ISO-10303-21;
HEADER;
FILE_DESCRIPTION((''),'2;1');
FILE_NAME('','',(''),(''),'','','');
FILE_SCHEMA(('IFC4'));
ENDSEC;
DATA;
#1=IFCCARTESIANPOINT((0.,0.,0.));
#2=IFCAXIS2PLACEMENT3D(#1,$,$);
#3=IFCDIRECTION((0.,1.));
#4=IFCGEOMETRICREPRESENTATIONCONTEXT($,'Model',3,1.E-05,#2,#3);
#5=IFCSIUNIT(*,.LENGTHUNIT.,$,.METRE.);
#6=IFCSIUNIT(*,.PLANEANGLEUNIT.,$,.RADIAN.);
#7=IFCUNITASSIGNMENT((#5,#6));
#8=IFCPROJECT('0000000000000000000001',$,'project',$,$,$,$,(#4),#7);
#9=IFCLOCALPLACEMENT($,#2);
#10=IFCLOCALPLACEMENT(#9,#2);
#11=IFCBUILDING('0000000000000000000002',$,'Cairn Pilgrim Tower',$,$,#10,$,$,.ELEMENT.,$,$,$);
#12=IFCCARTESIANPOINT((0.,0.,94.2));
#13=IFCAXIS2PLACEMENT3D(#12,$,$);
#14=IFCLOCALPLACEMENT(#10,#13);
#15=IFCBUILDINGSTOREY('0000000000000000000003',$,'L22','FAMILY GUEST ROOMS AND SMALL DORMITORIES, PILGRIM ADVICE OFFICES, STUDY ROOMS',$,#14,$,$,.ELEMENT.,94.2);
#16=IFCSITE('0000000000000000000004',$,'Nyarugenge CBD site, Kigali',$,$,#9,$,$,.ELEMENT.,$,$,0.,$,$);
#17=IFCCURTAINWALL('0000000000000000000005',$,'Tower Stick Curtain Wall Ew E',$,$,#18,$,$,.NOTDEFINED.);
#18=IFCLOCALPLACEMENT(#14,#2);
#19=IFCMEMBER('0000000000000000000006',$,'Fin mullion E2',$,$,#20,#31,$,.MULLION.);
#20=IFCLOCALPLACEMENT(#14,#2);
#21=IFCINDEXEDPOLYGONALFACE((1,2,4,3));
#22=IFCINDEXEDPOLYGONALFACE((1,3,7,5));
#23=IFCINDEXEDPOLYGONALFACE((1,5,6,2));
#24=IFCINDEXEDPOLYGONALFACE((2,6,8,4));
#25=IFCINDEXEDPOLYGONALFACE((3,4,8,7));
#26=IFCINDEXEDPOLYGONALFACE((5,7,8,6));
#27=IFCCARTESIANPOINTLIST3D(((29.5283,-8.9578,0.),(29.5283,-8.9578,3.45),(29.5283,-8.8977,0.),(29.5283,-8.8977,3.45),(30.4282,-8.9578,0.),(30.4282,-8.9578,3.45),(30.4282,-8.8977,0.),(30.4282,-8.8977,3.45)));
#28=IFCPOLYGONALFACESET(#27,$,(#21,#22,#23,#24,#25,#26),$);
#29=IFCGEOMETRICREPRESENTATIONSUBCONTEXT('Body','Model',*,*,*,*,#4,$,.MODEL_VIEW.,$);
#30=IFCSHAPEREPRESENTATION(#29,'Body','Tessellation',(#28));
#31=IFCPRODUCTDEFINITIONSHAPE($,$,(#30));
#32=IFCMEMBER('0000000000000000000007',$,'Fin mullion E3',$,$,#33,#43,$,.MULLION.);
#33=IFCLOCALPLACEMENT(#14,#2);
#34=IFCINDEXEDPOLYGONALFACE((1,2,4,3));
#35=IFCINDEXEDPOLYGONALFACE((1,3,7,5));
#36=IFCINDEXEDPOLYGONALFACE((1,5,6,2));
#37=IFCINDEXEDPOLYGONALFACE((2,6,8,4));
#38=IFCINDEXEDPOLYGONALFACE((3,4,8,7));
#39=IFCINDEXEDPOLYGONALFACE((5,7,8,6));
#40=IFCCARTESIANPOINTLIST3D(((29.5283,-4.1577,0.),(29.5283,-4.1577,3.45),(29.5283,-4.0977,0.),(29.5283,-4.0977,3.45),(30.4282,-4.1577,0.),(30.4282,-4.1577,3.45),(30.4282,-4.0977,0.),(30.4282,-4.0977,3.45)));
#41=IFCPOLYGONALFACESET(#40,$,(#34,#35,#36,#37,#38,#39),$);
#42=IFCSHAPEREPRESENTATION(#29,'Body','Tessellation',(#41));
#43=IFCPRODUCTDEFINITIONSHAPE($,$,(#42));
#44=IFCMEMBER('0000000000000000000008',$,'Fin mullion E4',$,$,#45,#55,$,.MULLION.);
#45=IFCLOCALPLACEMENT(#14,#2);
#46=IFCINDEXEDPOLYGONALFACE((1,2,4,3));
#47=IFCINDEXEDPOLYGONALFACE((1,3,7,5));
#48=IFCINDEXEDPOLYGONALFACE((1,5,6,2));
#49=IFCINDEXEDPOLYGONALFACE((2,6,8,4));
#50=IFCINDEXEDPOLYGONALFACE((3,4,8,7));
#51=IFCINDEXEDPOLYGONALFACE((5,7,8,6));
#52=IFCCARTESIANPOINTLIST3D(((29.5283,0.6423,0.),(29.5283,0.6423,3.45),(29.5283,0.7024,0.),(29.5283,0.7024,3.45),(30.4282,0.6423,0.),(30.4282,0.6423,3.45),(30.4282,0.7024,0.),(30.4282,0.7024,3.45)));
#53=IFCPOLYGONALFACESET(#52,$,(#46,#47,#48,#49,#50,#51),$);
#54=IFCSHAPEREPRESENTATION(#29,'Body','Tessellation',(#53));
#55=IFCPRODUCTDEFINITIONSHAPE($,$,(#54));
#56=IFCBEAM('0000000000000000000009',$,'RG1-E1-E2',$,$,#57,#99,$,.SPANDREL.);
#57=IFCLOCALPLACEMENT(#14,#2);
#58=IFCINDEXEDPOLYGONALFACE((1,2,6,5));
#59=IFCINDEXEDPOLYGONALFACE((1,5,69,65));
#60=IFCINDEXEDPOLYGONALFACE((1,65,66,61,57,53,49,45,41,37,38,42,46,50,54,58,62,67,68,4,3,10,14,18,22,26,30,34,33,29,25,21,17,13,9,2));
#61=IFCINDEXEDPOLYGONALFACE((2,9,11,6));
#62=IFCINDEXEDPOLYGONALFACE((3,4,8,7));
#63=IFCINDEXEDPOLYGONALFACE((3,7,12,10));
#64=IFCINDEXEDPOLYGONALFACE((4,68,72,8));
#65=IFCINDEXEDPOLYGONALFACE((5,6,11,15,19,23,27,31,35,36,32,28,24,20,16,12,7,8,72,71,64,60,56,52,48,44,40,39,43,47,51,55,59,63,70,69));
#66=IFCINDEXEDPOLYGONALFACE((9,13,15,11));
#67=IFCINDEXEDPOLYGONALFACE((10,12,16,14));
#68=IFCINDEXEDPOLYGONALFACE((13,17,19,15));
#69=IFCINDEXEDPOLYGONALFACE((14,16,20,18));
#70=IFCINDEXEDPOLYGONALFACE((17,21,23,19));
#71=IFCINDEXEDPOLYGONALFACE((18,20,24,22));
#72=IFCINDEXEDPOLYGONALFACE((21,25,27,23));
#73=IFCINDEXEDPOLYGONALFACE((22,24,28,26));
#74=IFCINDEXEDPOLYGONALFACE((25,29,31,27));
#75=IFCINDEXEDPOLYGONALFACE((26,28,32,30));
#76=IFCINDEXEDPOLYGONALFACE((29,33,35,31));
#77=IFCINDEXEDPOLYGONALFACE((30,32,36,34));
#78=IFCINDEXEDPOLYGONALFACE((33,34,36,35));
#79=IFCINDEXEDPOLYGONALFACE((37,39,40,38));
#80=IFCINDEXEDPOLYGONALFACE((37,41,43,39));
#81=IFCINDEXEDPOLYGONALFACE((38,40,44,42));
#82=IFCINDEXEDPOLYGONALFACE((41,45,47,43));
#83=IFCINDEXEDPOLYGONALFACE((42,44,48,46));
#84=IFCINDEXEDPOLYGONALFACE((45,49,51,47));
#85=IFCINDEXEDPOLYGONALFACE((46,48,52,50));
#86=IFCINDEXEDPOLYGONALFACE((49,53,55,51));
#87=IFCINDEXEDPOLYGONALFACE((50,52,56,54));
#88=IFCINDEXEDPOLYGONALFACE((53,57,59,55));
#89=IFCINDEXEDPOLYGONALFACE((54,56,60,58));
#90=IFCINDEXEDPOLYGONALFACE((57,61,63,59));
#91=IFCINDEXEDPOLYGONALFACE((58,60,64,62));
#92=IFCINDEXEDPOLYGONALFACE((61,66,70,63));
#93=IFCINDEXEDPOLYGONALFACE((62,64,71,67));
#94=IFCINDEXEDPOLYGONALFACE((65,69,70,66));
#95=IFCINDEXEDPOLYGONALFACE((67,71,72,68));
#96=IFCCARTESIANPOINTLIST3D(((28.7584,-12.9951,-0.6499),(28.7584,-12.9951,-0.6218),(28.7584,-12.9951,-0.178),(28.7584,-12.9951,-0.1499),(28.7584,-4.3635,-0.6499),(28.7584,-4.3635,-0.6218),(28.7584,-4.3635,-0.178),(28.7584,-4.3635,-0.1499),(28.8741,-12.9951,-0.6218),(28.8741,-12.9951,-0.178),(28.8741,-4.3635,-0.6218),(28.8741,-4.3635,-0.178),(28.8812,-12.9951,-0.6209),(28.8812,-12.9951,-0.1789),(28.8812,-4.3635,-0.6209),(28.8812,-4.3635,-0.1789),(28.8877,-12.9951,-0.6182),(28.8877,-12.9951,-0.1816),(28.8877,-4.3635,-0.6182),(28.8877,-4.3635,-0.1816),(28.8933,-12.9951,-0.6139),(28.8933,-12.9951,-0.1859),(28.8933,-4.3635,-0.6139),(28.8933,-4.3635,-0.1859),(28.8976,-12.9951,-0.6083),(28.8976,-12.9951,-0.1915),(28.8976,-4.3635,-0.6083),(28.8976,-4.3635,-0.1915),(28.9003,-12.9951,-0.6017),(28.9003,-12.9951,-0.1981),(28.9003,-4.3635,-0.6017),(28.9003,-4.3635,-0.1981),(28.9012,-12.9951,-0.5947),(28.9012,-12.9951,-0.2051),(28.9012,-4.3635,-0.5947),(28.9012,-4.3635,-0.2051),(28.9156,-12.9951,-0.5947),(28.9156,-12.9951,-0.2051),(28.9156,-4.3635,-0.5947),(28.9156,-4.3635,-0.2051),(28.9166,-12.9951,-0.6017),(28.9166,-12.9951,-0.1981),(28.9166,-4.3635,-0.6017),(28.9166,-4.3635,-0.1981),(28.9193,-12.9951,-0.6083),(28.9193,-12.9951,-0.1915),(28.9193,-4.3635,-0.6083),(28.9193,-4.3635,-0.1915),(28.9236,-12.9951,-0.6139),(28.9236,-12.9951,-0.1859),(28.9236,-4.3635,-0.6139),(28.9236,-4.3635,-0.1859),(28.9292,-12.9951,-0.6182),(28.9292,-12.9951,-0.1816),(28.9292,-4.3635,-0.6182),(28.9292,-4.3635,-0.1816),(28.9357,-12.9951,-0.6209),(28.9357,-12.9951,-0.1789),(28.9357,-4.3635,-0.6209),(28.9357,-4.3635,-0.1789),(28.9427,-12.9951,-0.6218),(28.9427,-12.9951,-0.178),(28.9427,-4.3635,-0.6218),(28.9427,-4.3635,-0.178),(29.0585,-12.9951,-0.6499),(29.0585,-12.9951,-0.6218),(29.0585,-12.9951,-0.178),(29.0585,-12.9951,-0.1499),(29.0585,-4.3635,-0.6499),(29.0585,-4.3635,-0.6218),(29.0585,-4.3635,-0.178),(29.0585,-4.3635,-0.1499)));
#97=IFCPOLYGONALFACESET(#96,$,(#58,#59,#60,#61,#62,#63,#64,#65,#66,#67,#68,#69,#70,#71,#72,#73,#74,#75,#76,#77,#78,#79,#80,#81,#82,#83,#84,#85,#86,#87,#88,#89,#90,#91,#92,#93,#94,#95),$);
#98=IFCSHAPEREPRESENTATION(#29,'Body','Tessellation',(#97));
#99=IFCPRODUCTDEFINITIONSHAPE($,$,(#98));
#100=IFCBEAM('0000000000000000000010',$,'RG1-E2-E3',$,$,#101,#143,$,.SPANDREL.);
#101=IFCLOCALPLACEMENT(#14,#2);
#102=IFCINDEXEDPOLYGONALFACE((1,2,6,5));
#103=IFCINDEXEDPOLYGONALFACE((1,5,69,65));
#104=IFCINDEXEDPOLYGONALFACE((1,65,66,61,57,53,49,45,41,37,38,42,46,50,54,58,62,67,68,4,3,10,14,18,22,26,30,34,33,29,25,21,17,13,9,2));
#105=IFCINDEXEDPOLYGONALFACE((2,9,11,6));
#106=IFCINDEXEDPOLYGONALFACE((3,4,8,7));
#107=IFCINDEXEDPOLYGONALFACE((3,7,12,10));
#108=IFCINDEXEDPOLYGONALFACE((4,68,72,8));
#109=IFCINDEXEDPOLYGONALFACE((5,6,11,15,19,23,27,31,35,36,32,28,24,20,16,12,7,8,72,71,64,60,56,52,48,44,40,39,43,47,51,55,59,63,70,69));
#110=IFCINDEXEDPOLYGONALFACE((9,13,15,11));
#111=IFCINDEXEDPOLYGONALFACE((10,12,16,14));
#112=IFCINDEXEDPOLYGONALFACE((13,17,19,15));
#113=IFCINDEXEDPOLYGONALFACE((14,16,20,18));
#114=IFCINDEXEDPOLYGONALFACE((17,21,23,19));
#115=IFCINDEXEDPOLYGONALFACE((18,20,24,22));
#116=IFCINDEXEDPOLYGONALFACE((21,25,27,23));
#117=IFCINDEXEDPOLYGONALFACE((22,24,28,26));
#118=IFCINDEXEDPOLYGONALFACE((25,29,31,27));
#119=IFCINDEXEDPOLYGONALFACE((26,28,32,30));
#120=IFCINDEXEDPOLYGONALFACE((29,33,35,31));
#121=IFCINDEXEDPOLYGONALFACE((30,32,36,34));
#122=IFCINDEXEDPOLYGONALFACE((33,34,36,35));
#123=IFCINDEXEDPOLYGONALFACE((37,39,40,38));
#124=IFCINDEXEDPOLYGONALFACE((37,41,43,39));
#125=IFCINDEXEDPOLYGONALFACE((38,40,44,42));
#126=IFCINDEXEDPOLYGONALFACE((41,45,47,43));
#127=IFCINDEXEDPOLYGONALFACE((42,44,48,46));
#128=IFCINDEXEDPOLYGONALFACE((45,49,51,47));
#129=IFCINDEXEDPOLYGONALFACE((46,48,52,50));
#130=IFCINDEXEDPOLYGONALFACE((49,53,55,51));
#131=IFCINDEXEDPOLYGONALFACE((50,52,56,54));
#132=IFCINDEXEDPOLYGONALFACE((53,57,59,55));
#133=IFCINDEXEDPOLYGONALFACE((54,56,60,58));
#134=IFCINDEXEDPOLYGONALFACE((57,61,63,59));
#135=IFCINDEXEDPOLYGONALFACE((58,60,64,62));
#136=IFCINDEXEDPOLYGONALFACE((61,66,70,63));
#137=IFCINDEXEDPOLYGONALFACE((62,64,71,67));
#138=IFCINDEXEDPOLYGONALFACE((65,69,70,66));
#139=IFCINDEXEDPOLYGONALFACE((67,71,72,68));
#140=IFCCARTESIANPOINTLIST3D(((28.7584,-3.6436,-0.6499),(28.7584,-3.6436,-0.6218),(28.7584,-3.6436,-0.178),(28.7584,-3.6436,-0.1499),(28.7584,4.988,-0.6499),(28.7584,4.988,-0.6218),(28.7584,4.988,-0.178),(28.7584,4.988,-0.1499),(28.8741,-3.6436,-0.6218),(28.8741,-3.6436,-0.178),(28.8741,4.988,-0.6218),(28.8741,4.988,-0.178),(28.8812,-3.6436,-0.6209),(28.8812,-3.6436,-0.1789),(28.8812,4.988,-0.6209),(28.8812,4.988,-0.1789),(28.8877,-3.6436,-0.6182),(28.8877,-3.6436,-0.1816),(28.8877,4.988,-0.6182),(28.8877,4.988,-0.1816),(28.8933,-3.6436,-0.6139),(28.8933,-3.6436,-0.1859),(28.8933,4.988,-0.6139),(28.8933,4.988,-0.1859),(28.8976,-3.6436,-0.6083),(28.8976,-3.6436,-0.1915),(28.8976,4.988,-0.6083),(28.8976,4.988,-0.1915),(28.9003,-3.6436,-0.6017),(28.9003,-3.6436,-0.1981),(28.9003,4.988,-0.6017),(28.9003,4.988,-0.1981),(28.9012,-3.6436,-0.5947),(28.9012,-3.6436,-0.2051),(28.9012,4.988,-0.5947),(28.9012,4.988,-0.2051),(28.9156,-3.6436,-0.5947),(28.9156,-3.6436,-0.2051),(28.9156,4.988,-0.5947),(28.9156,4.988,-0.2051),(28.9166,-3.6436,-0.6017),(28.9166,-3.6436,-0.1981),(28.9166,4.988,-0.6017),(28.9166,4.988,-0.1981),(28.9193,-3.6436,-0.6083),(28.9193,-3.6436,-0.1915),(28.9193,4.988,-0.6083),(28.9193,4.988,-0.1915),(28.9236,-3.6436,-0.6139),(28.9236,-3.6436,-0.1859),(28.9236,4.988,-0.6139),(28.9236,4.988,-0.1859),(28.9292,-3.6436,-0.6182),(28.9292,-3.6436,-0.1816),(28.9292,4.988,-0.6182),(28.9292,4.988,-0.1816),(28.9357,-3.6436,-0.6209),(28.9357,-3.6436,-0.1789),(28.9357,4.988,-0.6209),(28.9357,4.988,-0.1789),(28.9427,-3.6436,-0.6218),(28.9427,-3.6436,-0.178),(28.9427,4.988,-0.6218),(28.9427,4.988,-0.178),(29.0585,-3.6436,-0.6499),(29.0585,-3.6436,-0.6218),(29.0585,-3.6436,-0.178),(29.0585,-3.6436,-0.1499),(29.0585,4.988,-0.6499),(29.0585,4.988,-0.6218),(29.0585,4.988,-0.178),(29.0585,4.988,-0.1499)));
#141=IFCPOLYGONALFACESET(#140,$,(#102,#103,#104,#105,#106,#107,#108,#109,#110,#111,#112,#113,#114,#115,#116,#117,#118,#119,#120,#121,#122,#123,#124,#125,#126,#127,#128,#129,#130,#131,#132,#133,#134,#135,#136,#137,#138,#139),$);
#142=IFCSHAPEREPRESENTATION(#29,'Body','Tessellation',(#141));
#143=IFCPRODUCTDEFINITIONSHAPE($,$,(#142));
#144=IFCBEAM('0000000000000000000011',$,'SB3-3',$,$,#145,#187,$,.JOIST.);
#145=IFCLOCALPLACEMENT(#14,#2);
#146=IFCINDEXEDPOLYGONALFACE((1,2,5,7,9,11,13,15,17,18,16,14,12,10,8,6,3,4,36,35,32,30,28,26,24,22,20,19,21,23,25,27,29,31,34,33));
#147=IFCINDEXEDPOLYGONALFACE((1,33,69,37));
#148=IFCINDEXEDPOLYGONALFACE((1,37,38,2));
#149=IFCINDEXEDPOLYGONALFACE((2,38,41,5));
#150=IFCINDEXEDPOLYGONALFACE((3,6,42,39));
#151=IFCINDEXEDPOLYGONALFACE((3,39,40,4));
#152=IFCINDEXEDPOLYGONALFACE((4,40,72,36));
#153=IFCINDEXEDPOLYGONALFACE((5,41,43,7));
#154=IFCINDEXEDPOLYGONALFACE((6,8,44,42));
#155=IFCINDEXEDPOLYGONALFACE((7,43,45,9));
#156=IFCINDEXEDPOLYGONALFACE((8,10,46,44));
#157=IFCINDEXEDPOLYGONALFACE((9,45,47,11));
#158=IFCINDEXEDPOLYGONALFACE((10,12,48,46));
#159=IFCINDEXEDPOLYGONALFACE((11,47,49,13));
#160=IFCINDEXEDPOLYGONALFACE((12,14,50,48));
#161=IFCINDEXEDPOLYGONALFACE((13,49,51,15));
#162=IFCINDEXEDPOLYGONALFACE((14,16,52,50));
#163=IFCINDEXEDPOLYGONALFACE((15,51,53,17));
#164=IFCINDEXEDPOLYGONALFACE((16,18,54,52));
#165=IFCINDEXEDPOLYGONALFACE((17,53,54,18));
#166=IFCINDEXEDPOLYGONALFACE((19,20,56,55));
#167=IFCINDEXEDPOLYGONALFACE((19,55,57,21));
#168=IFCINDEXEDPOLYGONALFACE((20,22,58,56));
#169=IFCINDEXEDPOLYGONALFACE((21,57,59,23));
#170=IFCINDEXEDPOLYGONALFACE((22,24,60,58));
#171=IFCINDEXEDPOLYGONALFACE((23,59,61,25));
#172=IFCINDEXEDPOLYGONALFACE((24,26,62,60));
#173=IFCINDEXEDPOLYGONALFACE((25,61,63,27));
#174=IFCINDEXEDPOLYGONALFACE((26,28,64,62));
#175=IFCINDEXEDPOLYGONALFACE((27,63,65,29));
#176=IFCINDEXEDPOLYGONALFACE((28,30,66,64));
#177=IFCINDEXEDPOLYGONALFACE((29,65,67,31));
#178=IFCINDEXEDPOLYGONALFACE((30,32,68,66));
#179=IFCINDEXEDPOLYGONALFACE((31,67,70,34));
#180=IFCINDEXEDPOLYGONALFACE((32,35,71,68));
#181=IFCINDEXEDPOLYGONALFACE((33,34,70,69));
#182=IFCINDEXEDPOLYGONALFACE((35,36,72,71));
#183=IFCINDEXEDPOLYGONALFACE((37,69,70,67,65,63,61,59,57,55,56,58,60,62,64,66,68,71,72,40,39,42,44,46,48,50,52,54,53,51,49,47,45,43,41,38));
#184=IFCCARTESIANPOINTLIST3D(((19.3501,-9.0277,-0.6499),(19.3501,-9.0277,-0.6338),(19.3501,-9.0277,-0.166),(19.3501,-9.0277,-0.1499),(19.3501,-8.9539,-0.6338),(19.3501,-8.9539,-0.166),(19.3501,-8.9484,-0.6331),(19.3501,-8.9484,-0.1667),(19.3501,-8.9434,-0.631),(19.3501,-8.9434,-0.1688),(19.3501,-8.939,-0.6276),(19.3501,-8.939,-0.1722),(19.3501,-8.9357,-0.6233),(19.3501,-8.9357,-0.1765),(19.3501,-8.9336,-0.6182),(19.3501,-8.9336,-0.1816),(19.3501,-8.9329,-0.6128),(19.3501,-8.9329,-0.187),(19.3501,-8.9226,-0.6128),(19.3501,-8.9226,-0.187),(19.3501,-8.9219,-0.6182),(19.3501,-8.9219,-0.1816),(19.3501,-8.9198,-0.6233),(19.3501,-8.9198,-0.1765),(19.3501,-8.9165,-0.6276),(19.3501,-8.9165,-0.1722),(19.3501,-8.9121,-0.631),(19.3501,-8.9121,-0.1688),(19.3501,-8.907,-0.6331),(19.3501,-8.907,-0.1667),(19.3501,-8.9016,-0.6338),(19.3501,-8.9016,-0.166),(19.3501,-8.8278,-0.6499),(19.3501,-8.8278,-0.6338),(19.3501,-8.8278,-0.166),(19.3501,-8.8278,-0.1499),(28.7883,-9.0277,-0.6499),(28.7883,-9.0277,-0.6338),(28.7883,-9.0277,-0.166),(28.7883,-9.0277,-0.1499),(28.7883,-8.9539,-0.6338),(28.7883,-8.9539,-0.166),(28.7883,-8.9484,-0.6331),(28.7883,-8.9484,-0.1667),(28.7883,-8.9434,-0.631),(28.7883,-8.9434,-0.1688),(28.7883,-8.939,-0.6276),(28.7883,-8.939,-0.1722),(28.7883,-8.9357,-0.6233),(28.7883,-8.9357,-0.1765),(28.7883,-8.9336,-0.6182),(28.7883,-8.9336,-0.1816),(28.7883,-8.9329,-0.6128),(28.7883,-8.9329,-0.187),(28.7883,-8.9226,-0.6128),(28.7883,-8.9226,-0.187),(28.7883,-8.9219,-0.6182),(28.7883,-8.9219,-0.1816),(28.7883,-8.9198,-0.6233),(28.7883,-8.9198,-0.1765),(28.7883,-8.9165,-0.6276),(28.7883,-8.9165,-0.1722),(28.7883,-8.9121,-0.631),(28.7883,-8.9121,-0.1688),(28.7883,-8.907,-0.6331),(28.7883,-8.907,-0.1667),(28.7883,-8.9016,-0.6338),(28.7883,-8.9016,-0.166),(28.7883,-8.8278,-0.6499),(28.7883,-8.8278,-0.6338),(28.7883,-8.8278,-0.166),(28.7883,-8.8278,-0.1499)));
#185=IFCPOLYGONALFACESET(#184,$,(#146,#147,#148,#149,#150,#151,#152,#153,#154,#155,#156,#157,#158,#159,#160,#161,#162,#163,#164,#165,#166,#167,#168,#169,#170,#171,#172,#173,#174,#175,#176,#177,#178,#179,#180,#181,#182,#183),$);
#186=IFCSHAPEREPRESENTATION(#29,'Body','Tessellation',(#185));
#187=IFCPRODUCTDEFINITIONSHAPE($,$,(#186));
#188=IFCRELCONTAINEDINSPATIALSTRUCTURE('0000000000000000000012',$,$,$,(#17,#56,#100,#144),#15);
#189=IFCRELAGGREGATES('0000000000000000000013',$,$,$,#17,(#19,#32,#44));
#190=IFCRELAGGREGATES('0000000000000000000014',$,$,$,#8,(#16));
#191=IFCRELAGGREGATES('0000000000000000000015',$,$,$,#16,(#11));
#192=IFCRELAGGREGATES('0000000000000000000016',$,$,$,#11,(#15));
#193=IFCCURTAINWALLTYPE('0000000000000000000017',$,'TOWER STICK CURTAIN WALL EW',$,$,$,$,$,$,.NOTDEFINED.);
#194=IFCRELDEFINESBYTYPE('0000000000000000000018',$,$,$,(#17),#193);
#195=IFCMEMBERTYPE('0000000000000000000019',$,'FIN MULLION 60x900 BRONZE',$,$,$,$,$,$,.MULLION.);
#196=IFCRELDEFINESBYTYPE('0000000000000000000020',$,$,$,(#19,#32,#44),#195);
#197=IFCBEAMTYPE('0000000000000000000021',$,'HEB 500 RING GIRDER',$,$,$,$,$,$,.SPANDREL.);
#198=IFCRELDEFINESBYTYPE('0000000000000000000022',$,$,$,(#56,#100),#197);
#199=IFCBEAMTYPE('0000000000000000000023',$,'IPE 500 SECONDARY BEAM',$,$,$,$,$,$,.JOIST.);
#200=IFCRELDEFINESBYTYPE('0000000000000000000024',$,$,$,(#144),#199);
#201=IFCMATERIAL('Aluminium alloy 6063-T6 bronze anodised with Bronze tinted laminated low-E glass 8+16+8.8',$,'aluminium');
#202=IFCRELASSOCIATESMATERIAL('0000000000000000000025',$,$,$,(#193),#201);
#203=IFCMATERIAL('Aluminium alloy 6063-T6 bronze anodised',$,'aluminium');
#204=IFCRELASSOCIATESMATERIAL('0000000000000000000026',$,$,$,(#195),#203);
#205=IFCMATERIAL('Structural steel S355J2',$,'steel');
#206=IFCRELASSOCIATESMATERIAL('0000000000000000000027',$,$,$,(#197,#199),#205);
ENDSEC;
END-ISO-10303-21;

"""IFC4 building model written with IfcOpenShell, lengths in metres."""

from ifc_helpers import new_model, si_unit, direction, frame, origin, origin_2d, place, context, subcontext, project, spatial, rectangle, i_section, extrude, material, material_profile, profile_set, type_object, element, aggregate, save


model = new_model("IFC4")

# Units and contexts
model_context = context("Model", 3, precision=1e-05, world=origin(), true_north=direction((0.0, 1.0)))
body_context = subcontext(model_context, "Body", "Model", "MODEL_VIEW")
ifc_project = project(units=[si_unit("LENGTHUNIT", "METRE"), si_unit("PLANEANGLEUNIT", "RADIAN")], contexts=[model_context])

# Site, building, storey
site_placement = place(None, origin())
site = spatial("IfcSite", under=ifc_project, at=site_placement, Name="Nyarugenge CBD site, Kigali", CompositionType="ELEMENT", RefElevation=0.0)
building_placement = place(site_placement, origin())
building = spatial("IfcBuilding", under=site, at=building_placement, Name="Cairn Pilgrim Tower", CompositionType="ELEMENT")
storey_placement = place(building_placement, frame((0.0, 0.0, 94.2)))
storey = spatial("IfcBuildingStorey", under=building, at=storey_placement, Name="L22", Description="FAMILY GUEST ROOMS AND SMALL DORMITORIES, PILGRIM ADVICE OFFICES, STUDY ROOMS", CompositionType="ELEMENT", Elevation=94.2)

# Curtain wall, members
ifc_material_1 = material(Name="Aluminium alloy 6063-T6 bronze anodised with Bronze tinted laminated low-E glass 8+16+8.8", Category="aluminium")
curtain_wall_type = type_object("IfcCurtainWallType", Name="TOWER STICK CURTAIN WALL EW", PredefinedType="NOTDEFINED", material=ifc_material_1)
curtain_wall_placement = place(storey_placement, origin())
curtain_wall = element("IfcCurtainWall", 1, at=curtain_wall_placement, inside=storey, type_object=curtain_wall_type, Name="Tower Stick Curtain Wall Ew E", PredefinedType="NOTDEFINED")
ifc_material_2 = material(Name="Aluminium alloy 6063-T6 bronze anodised", Category="aluminium")
ifc_material_profile_1 = material_profile(ifc_material_2, rectangle(XDim=0.8999, YDim=0.0601, at=origin_2d()), Name="FIN MULLION 60x900 BRONZE")
ifc_profile_set_1 = profile_set([ifc_material_profile_1], Name="Aluminium alloy 6063-T6 bronze anodised")
member_type_1 = type_object("IfcMemberType", Name="FIN MULLION 60x900 BRONZE", PredefinedType="MULLION", material=ifc_profile_set_1)
member_1_placement = place(storey_placement, frame((29.9783, -8.9277, 0.0), z_axis=(0.0, 0.0, 1.0), x_axis=(1.0, 0.0, 0.0)))
member_1 = element("IfcMember", 2, at=member_1_placement, type_object=member_type_1, Name="Fin mullion E2", PredefinedType="MULLION", context=body_context, shape_type="SweptSolid", body=[
    extrude(rectangle(XDim=0.8999, YDim=0.0601, at=origin_2d()), origin(), (0.0, 0.0, 1.0), 3.45),
])
member_2_placement = place(storey_placement, frame((29.9783, -4.1277, 0.0), z_axis=(0.0, 0.0, 1.0), x_axis=(1.0, 0.0, 0.0)))
member_2 = element("IfcMember", 3, at=member_2_placement, type_object=member_type_1, Name="Fin mullion E3", PredefinedType="MULLION", context=body_context, shape_type="SweptSolid", body=[
    extrude(rectangle(XDim=0.8999, YDim=0.0601, at=origin_2d()), origin(), (0.0, 0.0, 1.0), 3.45),
])
member_3_placement = place(storey_placement, frame((29.9783, 0.6724, 0.0), z_axis=(0.0, 0.0, 1.0), x_axis=(1.0, 0.0, 0.0)))
member_3 = element("IfcMember", 4, at=member_3_placement, type_object=member_type_1, Name="Fin mullion E4", PredefinedType="MULLION", context=body_context, shape_type="SweptSolid", body=[
    extrude(rectangle(XDim=0.8999, YDim=0.0601, at=origin_2d()), origin(), (0.0, 0.0, 1.0), 3.45),
])

# Beams
ifc_material_3 = material(Name="Structural steel S355J2", Category="steel")
ifc_material_profile_2 = material_profile(ifc_material_3, i_section(OverallWidth=0.3, OverallDepth=0.5, WebThickness=0.0144, FlangeThickness=0.0281, FilletRadius=0.0271, at=origin_2d()), Name="HEB 500")
ifc_profile_set_2 = profile_set([ifc_material_profile_2], Name="Structural steel S355J2")
beam_type_1 = type_object("IfcBeamType", Name="HEB 500 RING GIRDER", PredefinedType="SPANDREL", material=ifc_profile_set_2)
for number, where, z_axis, x_axis, name in (
    (5, (28.9084, -12.9951, -0.3999), (0.0, 1.0, 0.0), (-1.0, 0.0, 0.0), "RG1-E1-E2"),
    (6, (28.9084, -3.6436, -0.3999), (0.0, 1.0, 0.0), (-1.0, 0.0, 0.0), "RG1-E2-E3"),
):
    element("IfcBeam", number, at=place(storey_placement, frame(where, z_axis=z_axis, x_axis=x_axis)), inside=storey, type_object=beam_type_1, Name=name, PredefinedType="SPANDREL", context=body_context, shape_type="SweptSolid", body=[
        extrude(i_section(OverallWidth=0.3, OverallDepth=0.5, WebThickness=0.0144, FlangeThickness=0.0281, FilletRadius=0.0271, at=origin_2d()), origin(), (0.0, 0.0, 1.0), 8.6316),
    ])
ifc_material_profile_3 = material_profile(ifc_material_3, i_section(OverallWidth=0.2, OverallDepth=0.5, WebThickness=0.0103, FlangeThickness=0.0161, FilletRadius=0.021, at=origin_2d()), Name="IPE 500")
ifc_profile_set_3 = profile_set([ifc_material_profile_3], Name="Structural steel S355J2")
beam_type_2 = type_object("IfcBeamType", Name="IPE 500 SECONDARY BEAM", PredefinedType="JOIST", material=ifc_profile_set_3)
for number, where, z_axis, x_axis, name in (
    (7, (19.3501, -8.9277, -0.3999), (1.0, 0.0, 0.0), (0.0, 1.0, 0.0), "SB3-3"),
):
    element("IfcBeam", number, at=place(storey_placement, frame(where, z_axis=z_axis, x_axis=x_axis)), inside=storey, type_object=beam_type_2, Name=name, PredefinedType="JOIST", context=body_context, shape_type="SweptSolid", body=[
        extrude(i_section(OverallWidth=0.2, OverallDepth=0.5, WebThickness=0.0103, FlangeThickness=0.0161, FilletRadius=0.021, at=origin_2d()), origin(), (0.0, 0.0, 1.0), 9.4382),
    ])

aggregate(curtain_wall, [member_1, member_2, member_3])

save(model, "model.ifc")
